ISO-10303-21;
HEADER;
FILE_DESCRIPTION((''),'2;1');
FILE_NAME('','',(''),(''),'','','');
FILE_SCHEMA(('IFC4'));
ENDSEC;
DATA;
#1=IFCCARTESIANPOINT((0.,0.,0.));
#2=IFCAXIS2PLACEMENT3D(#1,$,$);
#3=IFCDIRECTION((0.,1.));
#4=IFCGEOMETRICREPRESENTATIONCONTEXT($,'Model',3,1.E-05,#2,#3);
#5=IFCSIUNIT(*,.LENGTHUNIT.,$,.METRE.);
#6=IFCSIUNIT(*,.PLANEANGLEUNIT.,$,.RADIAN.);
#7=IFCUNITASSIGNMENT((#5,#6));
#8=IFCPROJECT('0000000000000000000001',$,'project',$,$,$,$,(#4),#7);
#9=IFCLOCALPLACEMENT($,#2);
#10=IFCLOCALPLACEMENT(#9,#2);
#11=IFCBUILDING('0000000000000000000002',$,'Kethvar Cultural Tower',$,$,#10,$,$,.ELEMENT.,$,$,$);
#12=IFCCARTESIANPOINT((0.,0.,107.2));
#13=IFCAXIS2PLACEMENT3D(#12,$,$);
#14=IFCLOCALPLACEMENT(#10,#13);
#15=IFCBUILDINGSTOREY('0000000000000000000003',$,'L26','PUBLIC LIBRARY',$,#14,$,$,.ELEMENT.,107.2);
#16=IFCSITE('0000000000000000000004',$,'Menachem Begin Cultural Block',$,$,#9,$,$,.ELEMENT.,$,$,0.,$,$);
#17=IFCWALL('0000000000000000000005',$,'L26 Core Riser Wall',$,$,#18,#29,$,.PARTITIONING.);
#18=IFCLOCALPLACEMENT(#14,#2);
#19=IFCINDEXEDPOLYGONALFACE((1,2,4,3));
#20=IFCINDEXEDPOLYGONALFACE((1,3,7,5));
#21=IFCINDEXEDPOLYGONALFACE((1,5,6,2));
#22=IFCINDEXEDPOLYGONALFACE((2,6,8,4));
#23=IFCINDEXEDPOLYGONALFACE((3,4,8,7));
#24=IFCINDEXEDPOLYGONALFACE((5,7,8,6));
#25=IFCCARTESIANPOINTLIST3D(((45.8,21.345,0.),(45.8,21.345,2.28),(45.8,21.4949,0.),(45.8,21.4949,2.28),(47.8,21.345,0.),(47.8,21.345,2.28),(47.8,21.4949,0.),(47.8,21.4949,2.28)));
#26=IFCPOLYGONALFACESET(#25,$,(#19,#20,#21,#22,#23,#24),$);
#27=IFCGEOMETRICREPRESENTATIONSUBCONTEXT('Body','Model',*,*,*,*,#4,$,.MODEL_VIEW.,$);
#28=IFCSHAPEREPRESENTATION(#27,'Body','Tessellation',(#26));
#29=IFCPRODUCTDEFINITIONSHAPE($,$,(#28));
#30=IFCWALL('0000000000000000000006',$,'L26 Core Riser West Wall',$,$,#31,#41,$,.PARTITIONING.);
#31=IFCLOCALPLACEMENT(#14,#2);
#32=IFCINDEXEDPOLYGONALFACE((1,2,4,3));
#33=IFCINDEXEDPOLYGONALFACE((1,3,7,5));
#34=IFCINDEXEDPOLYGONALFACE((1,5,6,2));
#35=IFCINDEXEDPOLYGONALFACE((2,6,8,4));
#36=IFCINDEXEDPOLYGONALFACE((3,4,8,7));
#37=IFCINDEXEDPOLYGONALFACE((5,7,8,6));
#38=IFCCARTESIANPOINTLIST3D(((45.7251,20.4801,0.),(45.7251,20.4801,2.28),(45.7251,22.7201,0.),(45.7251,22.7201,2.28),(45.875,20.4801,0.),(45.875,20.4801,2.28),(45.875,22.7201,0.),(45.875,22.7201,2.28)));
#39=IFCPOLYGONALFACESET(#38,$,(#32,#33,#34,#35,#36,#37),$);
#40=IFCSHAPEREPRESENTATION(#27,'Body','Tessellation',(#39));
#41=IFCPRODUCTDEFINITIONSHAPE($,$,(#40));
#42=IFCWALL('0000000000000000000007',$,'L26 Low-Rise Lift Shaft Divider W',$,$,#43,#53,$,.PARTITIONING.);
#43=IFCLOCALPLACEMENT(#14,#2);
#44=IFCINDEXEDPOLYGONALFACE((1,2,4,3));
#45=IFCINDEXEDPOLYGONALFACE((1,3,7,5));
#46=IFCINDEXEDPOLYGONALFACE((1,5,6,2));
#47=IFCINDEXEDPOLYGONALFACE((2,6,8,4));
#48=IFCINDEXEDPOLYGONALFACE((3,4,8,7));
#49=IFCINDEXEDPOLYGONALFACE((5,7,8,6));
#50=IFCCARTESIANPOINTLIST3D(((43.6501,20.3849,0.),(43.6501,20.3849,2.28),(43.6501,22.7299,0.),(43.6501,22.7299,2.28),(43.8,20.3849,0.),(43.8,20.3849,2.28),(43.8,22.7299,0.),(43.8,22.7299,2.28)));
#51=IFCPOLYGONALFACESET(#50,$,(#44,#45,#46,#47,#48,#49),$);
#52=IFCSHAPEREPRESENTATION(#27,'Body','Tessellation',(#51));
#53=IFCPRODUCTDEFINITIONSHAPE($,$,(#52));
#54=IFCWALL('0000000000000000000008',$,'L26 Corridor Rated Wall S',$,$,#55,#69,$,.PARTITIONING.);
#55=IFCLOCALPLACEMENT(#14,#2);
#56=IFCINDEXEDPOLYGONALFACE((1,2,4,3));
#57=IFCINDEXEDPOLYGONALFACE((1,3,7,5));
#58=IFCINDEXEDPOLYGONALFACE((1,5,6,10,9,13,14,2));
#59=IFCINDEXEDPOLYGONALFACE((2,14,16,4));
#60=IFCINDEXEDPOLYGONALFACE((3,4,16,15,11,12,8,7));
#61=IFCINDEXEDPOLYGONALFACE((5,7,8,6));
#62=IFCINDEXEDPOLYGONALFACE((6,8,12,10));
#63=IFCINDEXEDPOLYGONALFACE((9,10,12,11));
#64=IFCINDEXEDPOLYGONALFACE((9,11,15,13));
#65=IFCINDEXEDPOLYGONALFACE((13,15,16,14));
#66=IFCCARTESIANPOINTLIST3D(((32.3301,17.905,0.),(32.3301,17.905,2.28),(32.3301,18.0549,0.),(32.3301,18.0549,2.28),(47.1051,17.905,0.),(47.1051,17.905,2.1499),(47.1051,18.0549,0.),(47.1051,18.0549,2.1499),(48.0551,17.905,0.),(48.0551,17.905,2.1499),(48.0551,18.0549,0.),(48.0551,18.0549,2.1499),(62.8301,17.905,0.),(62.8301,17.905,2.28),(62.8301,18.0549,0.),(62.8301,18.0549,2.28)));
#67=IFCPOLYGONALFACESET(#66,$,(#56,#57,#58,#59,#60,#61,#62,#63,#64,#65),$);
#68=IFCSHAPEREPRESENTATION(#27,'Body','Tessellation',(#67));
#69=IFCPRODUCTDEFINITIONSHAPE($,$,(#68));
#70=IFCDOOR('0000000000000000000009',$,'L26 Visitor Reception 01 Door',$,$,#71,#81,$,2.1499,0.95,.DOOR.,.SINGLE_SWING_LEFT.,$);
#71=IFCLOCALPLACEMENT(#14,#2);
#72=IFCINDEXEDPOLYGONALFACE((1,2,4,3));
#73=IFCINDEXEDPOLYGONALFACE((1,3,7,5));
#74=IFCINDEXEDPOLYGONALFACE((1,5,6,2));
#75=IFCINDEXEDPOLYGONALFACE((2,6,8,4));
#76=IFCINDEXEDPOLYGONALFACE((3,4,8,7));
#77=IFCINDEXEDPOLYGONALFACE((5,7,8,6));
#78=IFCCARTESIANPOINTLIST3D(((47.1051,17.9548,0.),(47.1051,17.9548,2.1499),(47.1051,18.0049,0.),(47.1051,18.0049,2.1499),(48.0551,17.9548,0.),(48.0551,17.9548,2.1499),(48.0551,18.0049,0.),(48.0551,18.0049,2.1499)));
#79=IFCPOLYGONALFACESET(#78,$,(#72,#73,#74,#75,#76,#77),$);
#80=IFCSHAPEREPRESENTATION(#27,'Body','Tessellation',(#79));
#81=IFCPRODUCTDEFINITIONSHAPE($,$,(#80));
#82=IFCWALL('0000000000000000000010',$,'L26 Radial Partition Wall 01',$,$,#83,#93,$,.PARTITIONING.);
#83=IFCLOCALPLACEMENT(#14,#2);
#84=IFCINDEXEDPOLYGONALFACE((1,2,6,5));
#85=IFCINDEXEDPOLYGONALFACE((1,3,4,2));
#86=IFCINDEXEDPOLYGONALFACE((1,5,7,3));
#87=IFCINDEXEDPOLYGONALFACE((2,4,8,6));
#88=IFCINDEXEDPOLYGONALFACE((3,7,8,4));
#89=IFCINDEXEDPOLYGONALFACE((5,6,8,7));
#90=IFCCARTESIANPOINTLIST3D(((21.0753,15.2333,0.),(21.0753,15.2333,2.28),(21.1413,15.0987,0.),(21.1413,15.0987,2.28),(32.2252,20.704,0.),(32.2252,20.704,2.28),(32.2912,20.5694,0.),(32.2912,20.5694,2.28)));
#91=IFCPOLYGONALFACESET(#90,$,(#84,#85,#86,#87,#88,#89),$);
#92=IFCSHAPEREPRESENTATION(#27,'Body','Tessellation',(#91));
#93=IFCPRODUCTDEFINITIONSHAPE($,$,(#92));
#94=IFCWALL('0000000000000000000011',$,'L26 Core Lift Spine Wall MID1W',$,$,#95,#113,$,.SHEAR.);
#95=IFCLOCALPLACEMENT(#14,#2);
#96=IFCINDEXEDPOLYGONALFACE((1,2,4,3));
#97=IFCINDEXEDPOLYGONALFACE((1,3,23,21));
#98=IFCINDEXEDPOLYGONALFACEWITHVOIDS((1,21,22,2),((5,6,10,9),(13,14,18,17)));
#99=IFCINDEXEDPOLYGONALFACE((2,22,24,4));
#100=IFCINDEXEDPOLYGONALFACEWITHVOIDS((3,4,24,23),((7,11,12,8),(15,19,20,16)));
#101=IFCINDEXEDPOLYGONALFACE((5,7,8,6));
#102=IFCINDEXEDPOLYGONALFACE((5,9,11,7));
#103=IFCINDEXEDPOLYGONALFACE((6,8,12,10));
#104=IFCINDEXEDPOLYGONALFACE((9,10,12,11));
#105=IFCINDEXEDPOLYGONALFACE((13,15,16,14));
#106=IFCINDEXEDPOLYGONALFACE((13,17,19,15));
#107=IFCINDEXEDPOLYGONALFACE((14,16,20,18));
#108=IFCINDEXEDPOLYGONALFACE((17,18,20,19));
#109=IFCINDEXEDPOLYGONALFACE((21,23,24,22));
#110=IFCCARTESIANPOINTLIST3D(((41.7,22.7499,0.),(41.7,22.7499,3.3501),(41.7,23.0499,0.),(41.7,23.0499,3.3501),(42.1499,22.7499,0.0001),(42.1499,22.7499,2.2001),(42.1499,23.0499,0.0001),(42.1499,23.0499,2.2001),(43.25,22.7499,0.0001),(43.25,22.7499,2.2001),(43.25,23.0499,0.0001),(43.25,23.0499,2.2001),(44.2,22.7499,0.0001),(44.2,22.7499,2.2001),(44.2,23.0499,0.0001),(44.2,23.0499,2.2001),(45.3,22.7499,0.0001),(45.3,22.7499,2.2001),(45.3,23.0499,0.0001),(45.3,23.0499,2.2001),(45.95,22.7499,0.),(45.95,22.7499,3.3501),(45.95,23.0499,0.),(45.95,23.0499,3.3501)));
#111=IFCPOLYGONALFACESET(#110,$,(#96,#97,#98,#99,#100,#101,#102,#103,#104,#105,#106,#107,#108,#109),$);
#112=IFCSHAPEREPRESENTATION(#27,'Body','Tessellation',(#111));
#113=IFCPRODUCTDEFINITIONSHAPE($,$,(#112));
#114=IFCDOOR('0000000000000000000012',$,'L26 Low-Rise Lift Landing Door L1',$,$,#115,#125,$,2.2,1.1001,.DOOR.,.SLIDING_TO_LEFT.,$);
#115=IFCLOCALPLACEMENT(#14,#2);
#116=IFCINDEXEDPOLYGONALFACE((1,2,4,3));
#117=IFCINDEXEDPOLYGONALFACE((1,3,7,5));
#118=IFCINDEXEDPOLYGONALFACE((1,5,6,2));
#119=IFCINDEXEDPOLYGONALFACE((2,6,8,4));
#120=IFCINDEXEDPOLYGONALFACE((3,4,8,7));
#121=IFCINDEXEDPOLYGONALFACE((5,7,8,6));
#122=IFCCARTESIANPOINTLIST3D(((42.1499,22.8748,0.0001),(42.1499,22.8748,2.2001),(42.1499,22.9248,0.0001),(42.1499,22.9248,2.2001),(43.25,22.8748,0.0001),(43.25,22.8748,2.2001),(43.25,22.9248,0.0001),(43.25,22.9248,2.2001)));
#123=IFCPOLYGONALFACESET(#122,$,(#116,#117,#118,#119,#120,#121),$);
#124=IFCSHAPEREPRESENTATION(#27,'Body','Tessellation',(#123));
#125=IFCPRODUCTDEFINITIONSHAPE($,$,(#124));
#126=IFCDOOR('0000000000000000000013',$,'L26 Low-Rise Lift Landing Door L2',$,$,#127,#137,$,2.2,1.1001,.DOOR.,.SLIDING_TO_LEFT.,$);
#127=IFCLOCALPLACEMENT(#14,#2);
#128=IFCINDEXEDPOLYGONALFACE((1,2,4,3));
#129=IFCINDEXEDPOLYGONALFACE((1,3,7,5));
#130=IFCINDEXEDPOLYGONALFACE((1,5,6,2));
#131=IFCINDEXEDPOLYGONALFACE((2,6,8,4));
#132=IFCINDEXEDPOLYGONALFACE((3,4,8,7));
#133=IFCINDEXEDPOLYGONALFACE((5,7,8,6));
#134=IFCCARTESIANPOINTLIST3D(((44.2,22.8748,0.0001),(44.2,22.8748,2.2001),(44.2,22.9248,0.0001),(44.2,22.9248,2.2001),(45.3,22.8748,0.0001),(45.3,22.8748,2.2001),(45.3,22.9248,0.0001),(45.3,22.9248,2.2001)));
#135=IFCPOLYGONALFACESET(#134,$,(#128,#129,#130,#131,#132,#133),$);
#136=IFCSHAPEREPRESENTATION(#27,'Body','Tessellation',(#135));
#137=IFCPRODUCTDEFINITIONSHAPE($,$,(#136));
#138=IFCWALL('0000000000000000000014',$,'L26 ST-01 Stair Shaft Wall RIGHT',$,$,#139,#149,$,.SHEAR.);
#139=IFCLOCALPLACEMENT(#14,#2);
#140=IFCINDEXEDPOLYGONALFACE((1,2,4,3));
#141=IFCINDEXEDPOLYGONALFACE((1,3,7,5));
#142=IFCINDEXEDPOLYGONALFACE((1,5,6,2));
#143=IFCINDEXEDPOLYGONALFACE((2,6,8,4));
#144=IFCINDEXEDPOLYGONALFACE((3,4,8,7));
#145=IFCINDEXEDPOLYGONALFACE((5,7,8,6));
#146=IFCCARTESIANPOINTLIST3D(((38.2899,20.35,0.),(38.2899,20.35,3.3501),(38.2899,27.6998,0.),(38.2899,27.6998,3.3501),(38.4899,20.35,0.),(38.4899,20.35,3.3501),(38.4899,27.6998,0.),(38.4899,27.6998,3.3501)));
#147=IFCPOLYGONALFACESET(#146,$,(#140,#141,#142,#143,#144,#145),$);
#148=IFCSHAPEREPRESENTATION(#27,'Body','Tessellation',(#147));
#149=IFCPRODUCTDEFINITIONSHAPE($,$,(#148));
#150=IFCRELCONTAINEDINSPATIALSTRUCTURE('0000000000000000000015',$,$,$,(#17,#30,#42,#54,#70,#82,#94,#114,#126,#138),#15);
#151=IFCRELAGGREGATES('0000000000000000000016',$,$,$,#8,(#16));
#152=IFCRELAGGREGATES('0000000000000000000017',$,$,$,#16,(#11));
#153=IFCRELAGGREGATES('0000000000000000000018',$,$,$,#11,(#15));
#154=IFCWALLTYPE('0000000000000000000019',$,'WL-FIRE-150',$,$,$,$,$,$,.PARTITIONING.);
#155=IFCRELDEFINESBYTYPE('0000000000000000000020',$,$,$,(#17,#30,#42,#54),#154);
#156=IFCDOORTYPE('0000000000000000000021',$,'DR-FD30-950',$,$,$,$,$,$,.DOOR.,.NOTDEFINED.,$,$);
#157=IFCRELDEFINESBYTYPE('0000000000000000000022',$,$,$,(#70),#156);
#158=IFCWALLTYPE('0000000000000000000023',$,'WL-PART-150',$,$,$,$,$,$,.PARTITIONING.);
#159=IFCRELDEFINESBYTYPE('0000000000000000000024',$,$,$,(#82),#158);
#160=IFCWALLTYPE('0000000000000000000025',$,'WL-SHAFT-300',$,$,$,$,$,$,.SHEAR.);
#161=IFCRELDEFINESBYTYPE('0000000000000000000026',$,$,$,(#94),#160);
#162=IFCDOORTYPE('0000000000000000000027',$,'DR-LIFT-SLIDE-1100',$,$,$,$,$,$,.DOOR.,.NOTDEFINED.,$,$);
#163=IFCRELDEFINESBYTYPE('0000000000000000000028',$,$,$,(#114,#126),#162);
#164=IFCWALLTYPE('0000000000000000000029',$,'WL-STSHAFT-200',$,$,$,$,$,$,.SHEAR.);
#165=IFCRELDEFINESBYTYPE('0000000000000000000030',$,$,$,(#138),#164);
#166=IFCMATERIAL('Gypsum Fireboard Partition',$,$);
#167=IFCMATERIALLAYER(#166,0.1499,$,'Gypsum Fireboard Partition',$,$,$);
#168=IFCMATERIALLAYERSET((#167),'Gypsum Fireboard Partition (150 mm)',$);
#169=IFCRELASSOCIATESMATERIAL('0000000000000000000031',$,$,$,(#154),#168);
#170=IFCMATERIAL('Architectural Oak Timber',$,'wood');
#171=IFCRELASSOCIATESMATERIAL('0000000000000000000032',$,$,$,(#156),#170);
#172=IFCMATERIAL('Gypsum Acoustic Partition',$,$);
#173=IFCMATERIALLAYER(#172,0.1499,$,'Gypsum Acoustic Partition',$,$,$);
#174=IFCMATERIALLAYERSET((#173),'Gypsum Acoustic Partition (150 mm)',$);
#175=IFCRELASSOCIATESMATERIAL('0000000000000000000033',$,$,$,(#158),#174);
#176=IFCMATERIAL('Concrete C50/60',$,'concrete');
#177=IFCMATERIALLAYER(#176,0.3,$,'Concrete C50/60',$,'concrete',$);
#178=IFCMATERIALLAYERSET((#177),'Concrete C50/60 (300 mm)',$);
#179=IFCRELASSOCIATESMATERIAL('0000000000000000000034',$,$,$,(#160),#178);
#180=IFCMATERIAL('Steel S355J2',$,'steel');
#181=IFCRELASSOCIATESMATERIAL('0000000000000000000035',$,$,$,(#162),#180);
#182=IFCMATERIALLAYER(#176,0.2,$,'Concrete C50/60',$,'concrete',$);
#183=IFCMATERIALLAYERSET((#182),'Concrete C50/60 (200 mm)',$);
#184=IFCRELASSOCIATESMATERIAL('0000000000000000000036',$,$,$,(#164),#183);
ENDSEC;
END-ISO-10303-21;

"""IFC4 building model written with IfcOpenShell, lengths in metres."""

from ifc_helpers import new_model, si_unit, direction, frame, frame_2d, origin, place, context, subcontext, project, spatial, rectangle, extrude, source, transform, mapped, material, layer, layer_set, type_object, element, fill, save


model = new_model("IFC4")

# Units and contexts
model_context = context("Model", 3, precision=1e-05, world=origin(), true_north=direction((0.0, 1.0)))
body_context = subcontext(model_context, "Body", "Model", "MODEL_VIEW")
ifc_project = project(units=[si_unit("LENGTHUNIT", "METRE"), si_unit("PLANEANGLEUNIT", "RADIAN")], contexts=[model_context])

# Site, building, storey
site_placement = place(None, origin())
site = spatial("IfcSite", under=ifc_project, at=site_placement, Name="Menachem Begin Cultural Block", CompositionType="ELEMENT", RefElevation=0.0)
building_placement = place(site_placement, origin())
building = spatial("IfcBuilding", under=site, at=building_placement, Name="Kethvar Cultural Tower", CompositionType="ELEMENT")
storey_placement = place(building_placement, frame((0.0, 0.0, 107.2)))
storey = spatial("IfcBuildingStorey", under=building, at=storey_placement, Name="L26", Description="PUBLIC LIBRARY", CompositionType="ELEMENT", Elevation=107.2)

# Shared definitions
ifc_material_1 = material(Name="Steel S355J2", Category="steel")

# Walls
ifc_material_2 = material(Name="Gypsum Fireboard Partition")
ifc_layer_1 = layer(ifc_material_2, 0.1499, Name="Gypsum Fireboard Partition")
ifc_layer_set_1 = layer_set([ifc_layer_1], Name="Gypsum Fireboard Partition (150 mm)")
wall_type_1 = type_object("IfcWallType", Name="WL-FIRE-150", PredefinedType="PARTITIONING", material=ifc_layer_set_1)
wall_1_placement = place(storey_placement, frame((45.8, 21.4199, 0.0), z_axis=(0.0, 0.0, 1.0), x_axis=(1.0, 0.0, 0.0)))
element("IfcWall", 1, at=wall_1_placement, inside=storey, type_object=wall_type_1, Name="L26 Core Riser Wall", PredefinedType="PARTITIONING", context=body_context, shape_type="SweptSolid", body=[
    extrude(rectangle(XDim=2.0, YDim=0.1499, at=frame_2d((1.0, 0.0))), origin(), (0.0, 0.0, 1.0), 2.28),
])
wall_2_placement = place(storey_placement, frame((45.8, 20.48, 0.0), z_axis=(0.0, 0.0, 1.0), x_axis=(0.0, 1.0, 0.0)))
element("IfcWall", 2, at=wall_2_placement, inside=storey, type_object=wall_type_1, Name="L26 Core Riser West Wall", PredefinedType="PARTITIONING", context=body_context, shape_type="SweptSolid", body=[
    extrude(rectangle(XDim=2.24, YDim=0.1499, at=frame_2d((1.1201, 0.0))), origin(), (0.0, 0.0, 1.0), 2.28),
])
wall_3_placement = place(storey_placement, frame((43.7251, 20.385, 0.0), z_axis=(0.0, 0.0, 1.0), x_axis=(0.0, 1.0, 0.0)))
element("IfcWall", 3, at=wall_3_placement, inside=storey, type_object=wall_type_1, Name="L26 Low-Rise Lift Shaft Divider W", PredefinedType="PARTITIONING", context=body_context, shape_type="SweptSolid", body=[
    extrude(rectangle(XDim=2.345, YDim=0.1499, at=frame_2d((1.1724, 0.0))), origin(), (0.0, 0.0, 1.0), 2.28),
])

# Wall, opening, door
wall_4_placement = place(storey_placement, frame((32.3301, 17.98, 0.0), z_axis=(0.0, 0.0, 1.0), x_axis=(1.0, 0.0, 0.0)))
wall_4 = element("IfcWall", 4, at=wall_4_placement, inside=storey, type_object=wall_type_1, Name="L26 Corridor Rated Wall S", PredefinedType="PARTITIONING", context=body_context, shape_type="SweptSolid", body=[
    extrude(rectangle(XDim=30.5, YDim=0.1499, at=frame_2d((15.25, 0.0))), origin(), (0.0, 0.0, 1.0), 2.28),
])
opening_1_placement = place(wall_4_placement, frame((14.7749, 0.0, 0.0)))
opening_1 = element("IfcOpeningElement", 5, at=opening_1_placement, cuts=wall_4, PredefinedType="OPENING", context=body_context, shape_type="SweptSolid", body=[
    extrude(rectangle(XDim=0.95, YDim=2.1499, at=frame_2d((0.4751, 1.075))), frame((0.0, 0.085, 0.0), z_axis=(0.0, -1.0, 0.0), x_axis=(1.0, 0.0, 0.0)), (0.0, 0.0, 1.0), 0.1699),
])
ifc_material_3 = material(Name="Architectural Oak Timber", Category="wood")
door_type_1 = type_object("IfcDoorType", Name="DR-FD30-950", OperationType="NOTDEFINED", PredefinedType="DOOR", material=ifc_material_3)
shared_shape_1 = source(origin(), body_context, "Body", "SweptSolid", [
    extrude(rectangle(XDim=0.95, YDim=2.1499, at=frame_2d((0.4751, 1.075))), frame((0.0, 0.0249, 0.0), z_axis=(0.0, -1.0, 0.0), x_axis=(1.0, 0.0, 0.0)), (0.0, 0.0, 1.0), 0.05),
])
door_1_placement = place(opening_1_placement, origin())
door_1 = element("IfcDoor", 6, at=door_1_placement, inside=storey, type_object=door_type_1, Name="L26 Visitor Reception 01 Door", OperationType="SINGLE_SWING_LEFT", OverallHeight=2.1499, OverallWidth=0.95, PredefinedType="DOOR", context=body_context, shape_type="MappedRepresentation", body=[
    mapped(shared_shape_1, transform((0.0, 0.0, 0.0), scale=1.0)),
])
fill(opening_1, door_1)

# Wall
ifc_material_4 = material(Name="Gypsum Acoustic Partition")
ifc_layer_2 = layer(ifc_material_4, 0.1499, Name="Gypsum Acoustic Partition")
ifc_layer_set_2 = layer_set([ifc_layer_2], Name="Gypsum Acoustic Partition (150 mm)")
wall_type_2 = type_object("IfcWallType", Name="WL-PART-150", PredefinedType="PARTITIONING", material=ifc_layer_set_2)
wall_5_placement = place(storey_placement, frame((32.2583, 20.6367, 0.0), z_axis=(0.0, 0.0, 1.0), x_axis=(-0.897759, -0.440486, 0.0)))
element("IfcWall", 7, at=wall_5_placement, inside=storey, type_object=wall_type_2, Name="L26 Radial Partition Wall 01", PredefinedType="PARTITIONING", context=body_context, shape_type="SweptSolid", body=[
    extrude(rectangle(XDim=12.4197, YDim=0.1499, at=frame_2d((6.21, 0.0))), origin(), (0.0, 0.0, 1.0), 2.28),
])

# Wall, openings, doors
ifc_material_5 = material(Name="Concrete C50/60", Category="concrete")
ifc_layer_3 = layer(ifc_material_5, 0.3, Name="Concrete C50/60", Category="concrete")
ifc_layer_set_3 = layer_set([ifc_layer_3], Name="Concrete C50/60 (300 mm)")
wall_type_3 = type_object("IfcWallType", Name="WL-SHAFT-300", PredefinedType="SHEAR", material=ifc_layer_set_3)
wall_6_placement = place(storey_placement, frame((41.7, 22.8999, 0.0), z_axis=(0.0, 0.0, 1.0), x_axis=(1.0, 0.0, 0.0)))
wall_6 = element("IfcWall", 8, at=wall_6_placement, inside=storey, type_object=wall_type_3, Name="L26 Core Lift Spine Wall MID1W", PredefinedType="SHEAR", context=body_context, shape_type="SweptSolid", body=[
    extrude(rectangle(XDim=4.25, YDim=0.3, at=frame_2d((2.125, 0.0))), origin(), (0.0, 0.0, 1.0), 3.3501),
])
opening_2_placement = place(wall_6_placement, frame((0.45, 0.0, 0.0)))
opening_2 = element("IfcOpeningElement", 9, at=opening_2_placement, cuts=wall_6, PredefinedType="OPENING", context=body_context, shape_type="SweptSolid", body=[
    extrude(rectangle(XDim=1.1001, YDim=2.2, at=frame_2d((0.55, 1.1001))), frame((0.0, 0.1599, 0.0), z_axis=(0.0, -1.0, 0.0), x_axis=(1.0, 0.0, 0.0)), (0.0, 0.0, 1.0), 0.3201),
])
opening_3_placement = place(wall_6_placement, frame((2.5, 0.0, 0.0)))
opening_3 = element("IfcOpeningElement", 10, at=opening_3_placement, cuts=wall_6, PredefinedType="OPENING", context=body_context, shape_type="SweptSolid", body=[
    extrude(rectangle(XDim=1.1001, YDim=2.2, at=frame_2d((0.55, 1.1001))), frame((0.0, 0.1599, 0.0), z_axis=(0.0, -1.0, 0.0), x_axis=(1.0, 0.0, 0.0)), (0.0, 0.0, 1.0), 0.3201),
])
door_type_2 = type_object("IfcDoorType", Name="DR-LIFT-SLIDE-1100", OperationType="NOTDEFINED", PredefinedType="DOOR", material=ifc_material_1)
shared_shape_2 = source(origin(), body_context, "Body", "SweptSolid", [
    extrude(rectangle(XDim=1.1001, YDim=2.2, at=frame_2d((0.55, 1.1001))), frame((0.0, 0.0249, 0.0), z_axis=(0.0, -1.0, 0.0), x_axis=(1.0, 0.0, 0.0)), (0.0, 0.0, 1.0), 0.05),
])
door_2_placement = place(opening_2_placement, origin())
door_2 = element("IfcDoor", 11, at=door_2_placement, inside=storey, type_object=door_type_2, Name="L26 Low-Rise Lift Landing Door L1", OperationType="SLIDING_TO_LEFT", OverallHeight=2.2, OverallWidth=1.1001, PredefinedType="DOOR", context=body_context, shape_type="MappedRepresentation", body=[
    mapped(shared_shape_2, transform((0.0, 0.0, 0.0), scale=1.0)),
])
fill(opening_2, door_2)
door_3_placement = place(opening_3_placement, origin())
door_3 = element("IfcDoor", 12, at=door_3_placement, inside=storey, type_object=door_type_2, Name="L26 Low-Rise Lift Landing Door L2", OperationType="SLIDING_TO_LEFT", OverallHeight=2.2, OverallWidth=1.1001, PredefinedType="DOOR", context=body_context, shape_type="MappedRepresentation", body=[
    mapped(shared_shape_2, transform((0.0, 0.0, 0.0), scale=1.0)),
])
fill(opening_3, door_3)

# Wall
ifc_layer_4 = layer(ifc_material_5, 0.2, Name="Concrete C50/60", Category="concrete")
ifc_layer_set_4 = layer_set([ifc_layer_4], Name="Concrete C50/60 (200 mm)")
wall_type_4 = type_object("IfcWallType", Name="WL-STSHAFT-200", PredefinedType="SHEAR", material=ifc_layer_set_4)
wall_7_placement = place(storey_placement, frame((38.3899, 20.3501, 0.0), z_axis=(0.0, 0.0, 1.0), x_axis=(0.0, 1.0, 0.0)))
element("IfcWall", 13, at=wall_7_placement, inside=storey, type_object=wall_type_4, Name="L26 ST-01 Stair Shaft Wall RIGHT", PredefinedType="SHEAR", context=body_context, shape_type="SweptSolid", body=[
    extrude(rectangle(XDim=7.3499, YDim=0.2, at=frame_2d((3.6748, 0.0))), origin(), (0.0, 0.0, 1.0), 3.3501),
])

save(model, "model.ifc")
